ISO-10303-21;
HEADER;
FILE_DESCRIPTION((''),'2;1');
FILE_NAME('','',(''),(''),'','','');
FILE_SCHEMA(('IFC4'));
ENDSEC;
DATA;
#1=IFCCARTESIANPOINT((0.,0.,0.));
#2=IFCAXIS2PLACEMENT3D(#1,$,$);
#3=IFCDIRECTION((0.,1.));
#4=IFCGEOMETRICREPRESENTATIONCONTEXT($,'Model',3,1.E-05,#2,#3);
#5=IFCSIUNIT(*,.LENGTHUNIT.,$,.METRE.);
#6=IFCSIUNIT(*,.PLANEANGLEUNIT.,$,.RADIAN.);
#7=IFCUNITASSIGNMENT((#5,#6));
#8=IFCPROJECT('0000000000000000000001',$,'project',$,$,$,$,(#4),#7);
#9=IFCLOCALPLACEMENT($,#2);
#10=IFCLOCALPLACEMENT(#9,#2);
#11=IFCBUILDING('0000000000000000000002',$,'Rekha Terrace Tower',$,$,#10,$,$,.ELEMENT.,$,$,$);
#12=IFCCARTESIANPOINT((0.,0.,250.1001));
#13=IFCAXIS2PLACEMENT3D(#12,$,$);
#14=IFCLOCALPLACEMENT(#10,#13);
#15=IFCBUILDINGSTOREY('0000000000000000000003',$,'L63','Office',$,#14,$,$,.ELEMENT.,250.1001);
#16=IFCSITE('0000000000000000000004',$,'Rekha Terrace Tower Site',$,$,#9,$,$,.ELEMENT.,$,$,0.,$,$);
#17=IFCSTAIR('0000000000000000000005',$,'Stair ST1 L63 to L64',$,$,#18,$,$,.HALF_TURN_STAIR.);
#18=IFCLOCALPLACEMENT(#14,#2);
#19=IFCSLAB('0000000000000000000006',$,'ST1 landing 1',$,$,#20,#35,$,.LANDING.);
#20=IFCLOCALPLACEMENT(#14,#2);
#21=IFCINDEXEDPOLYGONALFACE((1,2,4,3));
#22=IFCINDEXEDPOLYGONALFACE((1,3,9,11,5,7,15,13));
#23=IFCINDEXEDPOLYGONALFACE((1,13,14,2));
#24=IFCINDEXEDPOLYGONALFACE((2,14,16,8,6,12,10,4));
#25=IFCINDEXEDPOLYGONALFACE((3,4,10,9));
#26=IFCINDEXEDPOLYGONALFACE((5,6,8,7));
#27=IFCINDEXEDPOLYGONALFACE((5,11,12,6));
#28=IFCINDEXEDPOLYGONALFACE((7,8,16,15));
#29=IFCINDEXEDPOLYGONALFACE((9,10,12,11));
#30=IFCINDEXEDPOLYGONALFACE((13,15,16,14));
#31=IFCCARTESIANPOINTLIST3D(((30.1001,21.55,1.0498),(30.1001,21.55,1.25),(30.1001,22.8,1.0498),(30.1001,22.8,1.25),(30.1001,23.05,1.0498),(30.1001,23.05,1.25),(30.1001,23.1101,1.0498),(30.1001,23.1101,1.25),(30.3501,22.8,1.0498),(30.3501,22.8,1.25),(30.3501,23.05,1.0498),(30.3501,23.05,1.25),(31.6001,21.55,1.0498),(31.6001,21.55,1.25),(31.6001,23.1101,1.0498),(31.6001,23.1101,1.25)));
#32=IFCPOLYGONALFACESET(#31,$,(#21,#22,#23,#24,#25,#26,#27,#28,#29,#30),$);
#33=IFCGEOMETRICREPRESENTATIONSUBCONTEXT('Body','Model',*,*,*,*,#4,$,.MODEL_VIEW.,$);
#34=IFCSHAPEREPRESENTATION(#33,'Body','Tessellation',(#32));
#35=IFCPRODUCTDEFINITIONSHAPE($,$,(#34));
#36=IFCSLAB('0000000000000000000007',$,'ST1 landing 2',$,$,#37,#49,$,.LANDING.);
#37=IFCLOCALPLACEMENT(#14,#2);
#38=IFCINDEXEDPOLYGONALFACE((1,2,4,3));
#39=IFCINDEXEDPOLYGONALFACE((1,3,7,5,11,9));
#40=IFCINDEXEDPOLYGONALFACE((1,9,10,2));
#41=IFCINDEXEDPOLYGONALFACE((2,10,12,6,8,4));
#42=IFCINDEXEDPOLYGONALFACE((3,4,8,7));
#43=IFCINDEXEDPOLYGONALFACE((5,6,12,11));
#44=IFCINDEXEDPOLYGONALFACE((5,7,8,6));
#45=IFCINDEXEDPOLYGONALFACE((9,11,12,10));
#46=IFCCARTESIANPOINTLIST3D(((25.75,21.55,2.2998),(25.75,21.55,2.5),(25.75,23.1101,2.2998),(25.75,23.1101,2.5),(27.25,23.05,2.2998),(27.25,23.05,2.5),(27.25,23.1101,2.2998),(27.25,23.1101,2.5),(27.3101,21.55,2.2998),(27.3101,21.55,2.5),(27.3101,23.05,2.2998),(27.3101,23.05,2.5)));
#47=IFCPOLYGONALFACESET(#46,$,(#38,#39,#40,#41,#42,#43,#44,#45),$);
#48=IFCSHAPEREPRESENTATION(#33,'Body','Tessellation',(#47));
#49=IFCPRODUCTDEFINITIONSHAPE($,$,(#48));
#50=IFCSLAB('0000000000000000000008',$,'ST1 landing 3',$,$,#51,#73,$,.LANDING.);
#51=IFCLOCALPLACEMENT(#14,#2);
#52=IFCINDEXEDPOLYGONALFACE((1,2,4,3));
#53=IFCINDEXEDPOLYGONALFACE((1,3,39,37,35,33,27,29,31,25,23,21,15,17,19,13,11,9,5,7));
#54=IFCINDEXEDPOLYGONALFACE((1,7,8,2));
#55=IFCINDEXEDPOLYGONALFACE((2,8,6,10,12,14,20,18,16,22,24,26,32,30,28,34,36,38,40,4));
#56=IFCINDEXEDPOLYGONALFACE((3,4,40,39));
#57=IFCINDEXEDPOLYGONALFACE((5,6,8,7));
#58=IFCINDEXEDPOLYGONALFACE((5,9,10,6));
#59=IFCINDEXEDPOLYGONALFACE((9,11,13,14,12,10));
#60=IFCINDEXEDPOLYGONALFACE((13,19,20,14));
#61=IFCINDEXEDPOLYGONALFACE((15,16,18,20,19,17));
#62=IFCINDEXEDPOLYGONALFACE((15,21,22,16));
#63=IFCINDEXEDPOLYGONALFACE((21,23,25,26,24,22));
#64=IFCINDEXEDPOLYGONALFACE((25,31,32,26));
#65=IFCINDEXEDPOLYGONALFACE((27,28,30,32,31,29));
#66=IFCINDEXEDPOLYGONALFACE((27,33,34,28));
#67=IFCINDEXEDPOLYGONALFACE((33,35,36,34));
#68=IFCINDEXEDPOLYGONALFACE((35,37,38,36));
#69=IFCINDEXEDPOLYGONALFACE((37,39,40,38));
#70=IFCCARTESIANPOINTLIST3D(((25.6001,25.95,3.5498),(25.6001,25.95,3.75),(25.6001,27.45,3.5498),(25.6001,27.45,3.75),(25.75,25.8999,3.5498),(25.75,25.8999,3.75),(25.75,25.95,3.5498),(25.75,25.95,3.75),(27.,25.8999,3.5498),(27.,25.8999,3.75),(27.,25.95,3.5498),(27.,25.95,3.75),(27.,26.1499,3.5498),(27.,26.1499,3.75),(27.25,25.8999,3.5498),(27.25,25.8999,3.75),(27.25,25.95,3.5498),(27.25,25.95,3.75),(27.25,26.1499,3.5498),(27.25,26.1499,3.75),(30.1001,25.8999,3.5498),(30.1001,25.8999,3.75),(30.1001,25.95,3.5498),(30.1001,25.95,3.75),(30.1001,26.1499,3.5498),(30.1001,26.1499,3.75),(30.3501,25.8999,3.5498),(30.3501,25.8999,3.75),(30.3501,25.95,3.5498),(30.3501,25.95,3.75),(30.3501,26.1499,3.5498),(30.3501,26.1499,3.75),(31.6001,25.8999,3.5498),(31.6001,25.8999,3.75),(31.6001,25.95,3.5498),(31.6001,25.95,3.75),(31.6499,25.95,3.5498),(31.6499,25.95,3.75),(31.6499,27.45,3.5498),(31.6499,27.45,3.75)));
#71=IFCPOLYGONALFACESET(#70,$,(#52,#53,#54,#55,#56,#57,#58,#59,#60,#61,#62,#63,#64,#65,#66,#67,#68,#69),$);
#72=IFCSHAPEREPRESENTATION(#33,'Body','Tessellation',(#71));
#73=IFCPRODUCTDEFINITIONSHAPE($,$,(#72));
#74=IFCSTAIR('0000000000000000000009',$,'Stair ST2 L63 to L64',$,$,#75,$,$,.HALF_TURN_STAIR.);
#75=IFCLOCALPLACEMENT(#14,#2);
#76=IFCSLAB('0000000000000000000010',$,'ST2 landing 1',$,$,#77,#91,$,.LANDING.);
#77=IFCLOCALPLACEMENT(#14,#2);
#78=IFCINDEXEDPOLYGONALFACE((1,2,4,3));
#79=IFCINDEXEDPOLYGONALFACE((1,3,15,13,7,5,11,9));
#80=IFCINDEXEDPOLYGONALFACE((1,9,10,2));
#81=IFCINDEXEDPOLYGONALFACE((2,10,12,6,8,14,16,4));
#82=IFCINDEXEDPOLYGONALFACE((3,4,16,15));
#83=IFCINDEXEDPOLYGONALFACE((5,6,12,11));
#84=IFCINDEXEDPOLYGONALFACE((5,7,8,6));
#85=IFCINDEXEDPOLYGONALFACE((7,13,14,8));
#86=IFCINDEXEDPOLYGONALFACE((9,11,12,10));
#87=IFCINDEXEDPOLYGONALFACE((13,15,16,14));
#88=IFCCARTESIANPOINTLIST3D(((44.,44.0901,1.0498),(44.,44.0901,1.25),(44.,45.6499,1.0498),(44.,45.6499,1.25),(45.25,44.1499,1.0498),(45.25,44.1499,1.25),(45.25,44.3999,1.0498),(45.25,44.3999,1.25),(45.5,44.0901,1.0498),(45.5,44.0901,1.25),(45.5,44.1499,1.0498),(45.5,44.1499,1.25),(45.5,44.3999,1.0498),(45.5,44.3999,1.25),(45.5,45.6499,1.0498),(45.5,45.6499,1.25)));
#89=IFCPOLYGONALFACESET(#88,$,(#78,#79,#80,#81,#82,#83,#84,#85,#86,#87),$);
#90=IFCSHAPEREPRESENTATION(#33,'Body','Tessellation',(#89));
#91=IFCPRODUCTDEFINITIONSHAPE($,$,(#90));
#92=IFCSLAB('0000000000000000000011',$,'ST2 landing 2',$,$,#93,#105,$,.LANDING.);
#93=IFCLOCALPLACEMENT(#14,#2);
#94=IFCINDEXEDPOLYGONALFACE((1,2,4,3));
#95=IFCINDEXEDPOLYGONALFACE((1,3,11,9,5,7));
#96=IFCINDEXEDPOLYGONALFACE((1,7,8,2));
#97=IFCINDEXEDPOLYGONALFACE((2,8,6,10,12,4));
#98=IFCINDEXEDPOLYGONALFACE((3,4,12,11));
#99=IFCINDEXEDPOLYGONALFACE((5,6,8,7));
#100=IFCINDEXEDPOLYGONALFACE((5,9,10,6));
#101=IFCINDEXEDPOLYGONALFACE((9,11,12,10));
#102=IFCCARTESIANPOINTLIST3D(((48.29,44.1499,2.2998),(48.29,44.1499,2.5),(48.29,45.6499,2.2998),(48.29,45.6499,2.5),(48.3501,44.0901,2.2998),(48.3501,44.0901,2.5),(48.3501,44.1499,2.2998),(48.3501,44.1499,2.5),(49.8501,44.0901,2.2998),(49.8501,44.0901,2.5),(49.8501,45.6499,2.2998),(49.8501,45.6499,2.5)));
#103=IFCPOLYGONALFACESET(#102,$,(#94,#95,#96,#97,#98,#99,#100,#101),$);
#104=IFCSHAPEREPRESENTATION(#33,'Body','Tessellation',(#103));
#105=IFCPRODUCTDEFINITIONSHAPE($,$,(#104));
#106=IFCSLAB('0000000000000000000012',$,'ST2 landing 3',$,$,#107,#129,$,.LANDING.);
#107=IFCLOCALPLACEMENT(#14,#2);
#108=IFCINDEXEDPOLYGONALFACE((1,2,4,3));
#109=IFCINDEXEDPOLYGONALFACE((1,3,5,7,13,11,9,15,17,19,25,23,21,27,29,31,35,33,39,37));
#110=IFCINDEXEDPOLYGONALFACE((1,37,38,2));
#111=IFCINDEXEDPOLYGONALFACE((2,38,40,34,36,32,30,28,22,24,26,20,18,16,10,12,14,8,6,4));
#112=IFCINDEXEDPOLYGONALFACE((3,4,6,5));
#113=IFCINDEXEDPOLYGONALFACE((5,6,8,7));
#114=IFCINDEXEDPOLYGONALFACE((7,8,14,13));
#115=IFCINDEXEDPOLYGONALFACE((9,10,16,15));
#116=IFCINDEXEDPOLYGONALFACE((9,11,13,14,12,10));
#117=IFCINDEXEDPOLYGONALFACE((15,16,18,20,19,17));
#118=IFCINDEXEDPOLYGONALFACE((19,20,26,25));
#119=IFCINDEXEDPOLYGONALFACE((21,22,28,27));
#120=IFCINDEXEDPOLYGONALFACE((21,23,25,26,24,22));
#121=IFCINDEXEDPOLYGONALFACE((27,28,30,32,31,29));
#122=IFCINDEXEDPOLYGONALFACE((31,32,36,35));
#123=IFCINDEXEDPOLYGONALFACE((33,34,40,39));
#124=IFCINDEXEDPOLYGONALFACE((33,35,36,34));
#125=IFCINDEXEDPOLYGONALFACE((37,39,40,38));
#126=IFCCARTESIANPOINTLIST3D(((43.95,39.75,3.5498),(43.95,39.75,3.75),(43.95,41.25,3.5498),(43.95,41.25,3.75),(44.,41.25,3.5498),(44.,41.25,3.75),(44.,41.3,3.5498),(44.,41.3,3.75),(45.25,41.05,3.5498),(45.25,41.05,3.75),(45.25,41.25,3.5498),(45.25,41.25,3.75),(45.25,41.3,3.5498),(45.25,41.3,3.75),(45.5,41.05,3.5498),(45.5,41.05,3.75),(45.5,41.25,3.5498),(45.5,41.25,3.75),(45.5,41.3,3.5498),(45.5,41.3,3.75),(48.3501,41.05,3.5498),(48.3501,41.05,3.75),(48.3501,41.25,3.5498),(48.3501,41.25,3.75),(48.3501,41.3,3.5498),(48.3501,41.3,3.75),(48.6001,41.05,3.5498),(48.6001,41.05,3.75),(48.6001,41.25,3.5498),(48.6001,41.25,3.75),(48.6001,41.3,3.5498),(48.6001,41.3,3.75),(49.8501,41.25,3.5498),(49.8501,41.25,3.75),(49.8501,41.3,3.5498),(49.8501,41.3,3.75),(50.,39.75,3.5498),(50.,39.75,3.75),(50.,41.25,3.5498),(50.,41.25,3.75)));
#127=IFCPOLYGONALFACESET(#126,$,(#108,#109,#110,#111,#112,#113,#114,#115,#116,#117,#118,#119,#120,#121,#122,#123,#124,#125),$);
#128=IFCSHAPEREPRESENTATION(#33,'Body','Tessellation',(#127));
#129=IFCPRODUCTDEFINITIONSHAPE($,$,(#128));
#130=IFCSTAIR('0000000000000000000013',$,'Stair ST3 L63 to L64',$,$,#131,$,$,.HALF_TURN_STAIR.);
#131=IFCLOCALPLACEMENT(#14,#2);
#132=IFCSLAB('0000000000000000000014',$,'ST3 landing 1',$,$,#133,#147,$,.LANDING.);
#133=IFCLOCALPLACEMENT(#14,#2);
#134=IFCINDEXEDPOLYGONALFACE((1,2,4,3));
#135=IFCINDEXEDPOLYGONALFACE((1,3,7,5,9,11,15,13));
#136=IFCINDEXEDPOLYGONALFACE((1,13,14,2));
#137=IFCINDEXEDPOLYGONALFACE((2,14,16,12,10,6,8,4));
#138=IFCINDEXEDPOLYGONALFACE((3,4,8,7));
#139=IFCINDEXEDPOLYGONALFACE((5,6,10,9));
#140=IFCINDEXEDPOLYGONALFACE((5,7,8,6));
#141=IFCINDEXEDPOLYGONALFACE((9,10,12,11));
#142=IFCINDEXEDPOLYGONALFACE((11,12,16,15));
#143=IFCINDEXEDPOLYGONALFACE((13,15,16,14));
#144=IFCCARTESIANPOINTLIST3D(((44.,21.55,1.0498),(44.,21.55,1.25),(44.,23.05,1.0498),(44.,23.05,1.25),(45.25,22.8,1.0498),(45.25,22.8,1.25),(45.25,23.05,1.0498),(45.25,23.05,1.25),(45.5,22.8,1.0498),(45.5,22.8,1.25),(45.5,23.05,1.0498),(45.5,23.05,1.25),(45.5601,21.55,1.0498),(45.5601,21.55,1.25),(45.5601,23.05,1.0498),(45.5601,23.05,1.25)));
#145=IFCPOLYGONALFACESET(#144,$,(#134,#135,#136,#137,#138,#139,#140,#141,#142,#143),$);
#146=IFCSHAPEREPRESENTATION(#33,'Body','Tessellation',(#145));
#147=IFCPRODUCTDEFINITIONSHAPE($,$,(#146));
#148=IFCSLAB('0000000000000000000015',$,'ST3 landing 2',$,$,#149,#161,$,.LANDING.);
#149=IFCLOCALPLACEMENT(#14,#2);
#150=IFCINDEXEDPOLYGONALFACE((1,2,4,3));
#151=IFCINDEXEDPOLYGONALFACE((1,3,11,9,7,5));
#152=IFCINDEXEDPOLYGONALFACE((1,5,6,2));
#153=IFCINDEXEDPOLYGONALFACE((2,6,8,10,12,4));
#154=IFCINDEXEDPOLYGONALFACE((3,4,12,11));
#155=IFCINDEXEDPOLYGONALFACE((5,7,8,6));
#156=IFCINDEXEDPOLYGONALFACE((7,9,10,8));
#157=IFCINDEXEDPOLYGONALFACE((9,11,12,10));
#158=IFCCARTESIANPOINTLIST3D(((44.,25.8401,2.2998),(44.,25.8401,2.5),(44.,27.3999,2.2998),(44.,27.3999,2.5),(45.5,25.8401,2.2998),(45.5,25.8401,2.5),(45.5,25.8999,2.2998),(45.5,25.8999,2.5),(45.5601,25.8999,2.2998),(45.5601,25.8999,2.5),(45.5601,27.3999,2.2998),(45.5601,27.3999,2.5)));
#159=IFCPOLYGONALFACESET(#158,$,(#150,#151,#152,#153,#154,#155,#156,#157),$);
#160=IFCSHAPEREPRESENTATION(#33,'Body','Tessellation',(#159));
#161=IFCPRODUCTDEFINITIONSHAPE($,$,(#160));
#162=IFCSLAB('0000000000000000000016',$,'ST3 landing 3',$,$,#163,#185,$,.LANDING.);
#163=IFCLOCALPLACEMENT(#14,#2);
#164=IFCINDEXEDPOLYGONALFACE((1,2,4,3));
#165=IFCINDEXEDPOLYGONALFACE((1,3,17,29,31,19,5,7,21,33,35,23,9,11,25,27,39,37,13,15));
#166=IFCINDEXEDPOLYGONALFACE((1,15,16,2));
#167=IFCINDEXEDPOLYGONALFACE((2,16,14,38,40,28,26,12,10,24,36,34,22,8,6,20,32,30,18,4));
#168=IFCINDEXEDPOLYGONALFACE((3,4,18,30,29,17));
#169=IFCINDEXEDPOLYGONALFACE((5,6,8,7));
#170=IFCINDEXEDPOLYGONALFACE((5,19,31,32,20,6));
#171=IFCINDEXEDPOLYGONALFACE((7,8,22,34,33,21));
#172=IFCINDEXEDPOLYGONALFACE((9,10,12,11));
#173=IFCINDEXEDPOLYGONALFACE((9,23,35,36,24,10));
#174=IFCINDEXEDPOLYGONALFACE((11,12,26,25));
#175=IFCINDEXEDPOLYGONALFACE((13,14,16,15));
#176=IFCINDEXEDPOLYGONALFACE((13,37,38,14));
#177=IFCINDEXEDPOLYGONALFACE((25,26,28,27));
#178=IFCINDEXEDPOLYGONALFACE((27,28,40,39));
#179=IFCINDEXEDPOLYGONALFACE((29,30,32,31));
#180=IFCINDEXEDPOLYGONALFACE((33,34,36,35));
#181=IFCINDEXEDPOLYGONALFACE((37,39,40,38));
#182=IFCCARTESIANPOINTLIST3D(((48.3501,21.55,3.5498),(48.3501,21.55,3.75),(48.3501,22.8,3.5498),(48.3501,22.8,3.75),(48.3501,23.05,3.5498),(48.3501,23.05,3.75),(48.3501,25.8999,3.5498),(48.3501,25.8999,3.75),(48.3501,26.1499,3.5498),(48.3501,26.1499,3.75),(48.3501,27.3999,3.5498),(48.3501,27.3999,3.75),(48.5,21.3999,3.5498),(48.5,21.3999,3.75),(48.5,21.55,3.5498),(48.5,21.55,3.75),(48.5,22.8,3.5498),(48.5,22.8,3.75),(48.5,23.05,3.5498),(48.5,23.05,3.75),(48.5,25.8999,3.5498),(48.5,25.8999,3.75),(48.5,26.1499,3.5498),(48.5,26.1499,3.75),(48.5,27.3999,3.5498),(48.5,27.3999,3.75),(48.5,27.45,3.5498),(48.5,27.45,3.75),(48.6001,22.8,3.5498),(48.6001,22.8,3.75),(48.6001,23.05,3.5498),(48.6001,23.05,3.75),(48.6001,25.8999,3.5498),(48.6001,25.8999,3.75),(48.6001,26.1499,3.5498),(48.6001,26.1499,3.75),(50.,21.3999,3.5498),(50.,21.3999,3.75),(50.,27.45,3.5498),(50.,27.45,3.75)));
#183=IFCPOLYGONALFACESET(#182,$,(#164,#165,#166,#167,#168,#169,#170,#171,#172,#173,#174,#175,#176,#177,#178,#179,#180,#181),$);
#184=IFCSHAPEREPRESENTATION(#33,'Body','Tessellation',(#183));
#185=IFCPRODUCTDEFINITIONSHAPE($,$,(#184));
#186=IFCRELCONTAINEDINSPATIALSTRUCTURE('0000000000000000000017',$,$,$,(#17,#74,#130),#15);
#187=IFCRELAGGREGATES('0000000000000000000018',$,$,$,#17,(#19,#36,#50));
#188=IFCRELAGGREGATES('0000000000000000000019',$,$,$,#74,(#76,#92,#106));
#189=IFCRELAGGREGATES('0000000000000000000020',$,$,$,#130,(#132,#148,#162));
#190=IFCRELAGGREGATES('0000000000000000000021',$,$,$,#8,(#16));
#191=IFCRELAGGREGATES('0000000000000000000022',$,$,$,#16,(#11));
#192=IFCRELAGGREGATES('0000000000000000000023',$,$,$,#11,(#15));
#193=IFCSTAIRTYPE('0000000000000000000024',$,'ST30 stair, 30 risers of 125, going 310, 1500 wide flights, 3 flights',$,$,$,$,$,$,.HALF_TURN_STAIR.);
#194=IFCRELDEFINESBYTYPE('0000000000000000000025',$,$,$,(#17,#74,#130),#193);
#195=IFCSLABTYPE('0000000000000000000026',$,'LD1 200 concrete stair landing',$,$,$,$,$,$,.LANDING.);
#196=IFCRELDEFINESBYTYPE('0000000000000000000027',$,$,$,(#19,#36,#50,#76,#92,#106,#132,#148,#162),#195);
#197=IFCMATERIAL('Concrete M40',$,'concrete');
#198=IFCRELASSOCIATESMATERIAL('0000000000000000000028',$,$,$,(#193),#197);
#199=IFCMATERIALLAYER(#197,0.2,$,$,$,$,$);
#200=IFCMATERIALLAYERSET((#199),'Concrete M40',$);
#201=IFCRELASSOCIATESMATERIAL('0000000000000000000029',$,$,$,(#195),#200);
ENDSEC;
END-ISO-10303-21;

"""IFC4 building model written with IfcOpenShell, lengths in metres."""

from ifc_helpers import new_model, si_unit, direction, frame, origin, place, context, subcontext, project, spatial, polyline, outline, extrude, material, layer, layer_set, type_object, element, aggregate, save


model = new_model("IFC4")

# Units and contexts
model_context = context("Model", 3, precision=1e-05, world=origin(), true_north=direction((0.0, 1.0)))
body_context = subcontext(model_context, "Body", "Model", "MODEL_VIEW")
ifc_project = project(units=[si_unit("LENGTHUNIT", "METRE"), si_unit("PLANEANGLEUNIT", "RADIAN")], contexts=[model_context])

# Site, building, storey
site_placement = place(None, origin())
site = spatial("IfcSite", under=ifc_project, at=site_placement, Name="Rekha Terrace Tower Site", CompositionType="ELEMENT", RefElevation=0.0)
building_placement = place(site_placement, origin())
building = spatial("IfcBuilding", under=site, at=building_placement, Name="Rekha Terrace Tower", CompositionType="ELEMENT")
storey_placement = place(building_placement, frame((0.0, 0.0, 250.1001)))
storey = spatial("IfcBuildingStorey", under=building, at=storey_placement, Name="L63", Description="Office", CompositionType="ELEMENT", Elevation=250.1001)

# Stairs, slabs
ifc_material_1 = material(Name="Concrete M40", Category="concrete")
stair_type = type_object("IfcStairType", Name="ST30 stair, 30 risers of 125, going 310, 1500 wide flights, 3 flights", PredefinedType="HALF_TURN_STAIR", material=ifc_material_1)
stair_1_placement = place(storey_placement, origin())
stair_1 = element("IfcStair", 1, at=stair_1_placement, inside=storey, type_object=stair_type, Name="Stair ST1 L63 to L64", PredefinedType="HALF_TURN_STAIR")
ifc_layer_1 = layer(ifc_material_1, 0.2)
ifc_layer_set_1 = layer_set([ifc_layer_1], Name="Concrete M40")
slab_type_1 = type_object("IfcSlabType", Name="LD1 200 concrete stair landing", PredefinedType="LANDING", material=ifc_layer_set_1)
slab_1_placement = place(storey_placement, frame((0.0, 0.0, 1.0498)))
slab_1 = element("IfcSlab", 2, at=slab_1_placement, type_object=slab_type_1, Name="ST1 landing 1", PredefinedType="LANDING", context=body_context, shape_type="SweptSolid", body=[
    extrude(outline(polyline([(30.1001, 21.55), (31.6001, 21.55), (31.6001, 23.1101), (30.1001, 23.1101), (30.1001, 23.05), (30.3501, 23.05), (30.3501, 22.8), (30.1001, 22.8), (30.1001, 21.55)])), origin(), (0.0, 0.0, 1.0), 0.2002),
])
slab_2_placement = place(storey_placement, frame((0.0, 0.0, 2.2998)))
slab_2 = element("IfcSlab", 3, at=slab_2_placement, type_object=slab_type_1, Name="ST1 landing 2", PredefinedType="LANDING", context=body_context, shape_type="SweptSolid", body=[
    extrude(outline(polyline([(27.25, 23.1101), (25.75, 23.1101), (25.75, 21.55), (27.3101, 21.55), (27.3101, 23.05), (27.25, 23.05), (27.25, 23.1101)])), origin(), (0.0, 0.0, 1.0), 0.2002),
])
slab_3_placement = place(storey_placement, frame((0.0, 0.0, 3.5498)))
slab_3 = element("IfcSlab", 4, at=slab_3_placement, type_object=slab_type_1, Name="ST1 landing 3", PredefinedType="LANDING", context=body_context, shape_type="SweptSolid", body=[
    extrude(outline(polyline([(30.3501, 25.8999), (31.6001, 25.8999), (31.6001, 25.95), (31.6499, 25.95), (31.6499, 27.45), (25.6001, 27.45), (25.6001, 25.95), (25.75, 25.95), (25.75, 25.8999), (27.0, 25.8999), (27.0, 25.95), (27.0, 26.1499), (27.25, 26.1499), (27.25, 25.95), (27.25, 25.8999), (30.1001, 25.8999), (30.1001, 25.95), (30.1001, 26.1499), (30.3501, 26.1499), (30.3501, 25.95), (30.3501, 25.8999)])), origin(), (0.0, 0.0, 1.0), 0.2002),
])
aggregate(stair_1, [slab_1, slab_2, slab_3])
stair_2_placement = place(storey_placement, origin())
stair_2 = element("IfcStair", 5, at=stair_2_placement, inside=storey, type_object=stair_type, Name="Stair ST2 L63 to L64", PredefinedType="HALF_TURN_STAIR")
slab_4_placement = place(storey_placement, frame((0.0, 0.0, 1.0498)))
slab_4 = element("IfcSlab", 6, at=slab_4_placement, type_object=slab_type_1, Name="ST2 landing 1", PredefinedType="LANDING", context=body_context, shape_type="SweptSolid", body=[
    extrude(outline(polyline([(45.5, 45.6499), (44.0, 45.6499), (44.0, 44.0901), (45.5, 44.0901), (45.5, 44.1499), (45.25, 44.1499), (45.25, 44.3999), (45.5, 44.3999), (45.5, 45.6499)])), origin(), (0.0, 0.0, 1.0), 0.2002),
])
slab_5_placement = place(storey_placement, frame((0.0, 0.0, 2.2998)))
slab_5 = element("IfcSlab", 7, at=slab_5_placement, type_object=slab_type_1, Name="ST2 landing 2", PredefinedType="LANDING", context=body_context, shape_type="SweptSolid", body=[
    extrude(outline(polyline([(48.3501, 44.0901), (49.8501, 44.0901), (49.8501, 45.6499), (48.29, 45.6499), (48.29, 44.1499), (48.3501, 44.1499), (48.3501, 44.0901)])), origin(), (0.0, 0.0, 1.0), 0.2002),
])
slab_6_placement = place(storey_placement, frame((0.0, 0.0, 3.5498)))
slab_6 = element("IfcSlab", 8, at=slab_6_placement, type_object=slab_type_1, Name="ST2 landing 3", PredefinedType="LANDING", context=body_context, shape_type="SweptSolid", body=[
    extrude(outline(polyline([(45.5, 41.3), (45.5, 41.25), (45.5, 41.05), (45.25, 41.05), (45.25, 41.25), (45.25, 41.3), (44.0, 41.3), (44.0, 41.25), (43.95, 41.25), (43.95, 39.75), (50.0, 39.75), (50.0, 41.25), (49.8501, 41.25), (49.8501, 41.3), (48.6001, 41.3), (48.6001, 41.25), (48.6001, 41.05), (48.3501, 41.05), (48.3501, 41.25), (48.3501, 41.3), (45.5, 41.3)])), origin(), (0.0, 0.0, 1.0), 0.2002),
])
aggregate(stair_2, [slab_4, slab_5, slab_6])
stair_3_placement = place(storey_placement, origin())
stair_3 = element("IfcStair", 9, at=stair_3_placement, inside=storey, type_object=stair_type, Name="Stair ST3 L63 to L64", PredefinedType="HALF_TURN_STAIR")
slab_7_placement = place(storey_placement, frame((0.0, 0.0, 1.0498)))
slab_7 = element("IfcSlab", 10, at=slab_7_placement, type_object=slab_type_1, Name="ST3 landing 1", PredefinedType="LANDING", context=body_context, shape_type="SweptSolid", body=[
    extrude(outline(polyline([(44.0, 23.05), (44.0, 21.55), (45.5601, 21.55), (45.5601, 23.05), (45.5, 23.05), (45.5, 22.8), (45.25, 22.8), (45.25, 23.05), (44.0, 23.05)])), origin(), (0.0, 0.0, 1.0), 0.2002),
])
slab_8_placement = place(storey_placement, frame((0.0, 0.0, 2.2998)))
slab_8 = element("IfcSlab", 11, at=slab_8_placement, type_object=slab_type_1, Name="ST3 landing 2", PredefinedType="LANDING", context=body_context, shape_type="SweptSolid", body=[
    extrude(outline(polyline([(45.5601, 25.8999), (45.5601, 27.3999), (44.0, 27.3999), (44.0, 25.8401), (45.5, 25.8401), (45.5, 25.8999), (45.5601, 25.8999)])), origin(), (0.0, 0.0, 1.0), 0.2002),
])
slab_9_placement = place(storey_placement, frame((0.0, 0.0, 3.5498)))
slab_9 = element("IfcSlab", 12, at=slab_9_placement, type_object=slab_type_1, Name="ST3 landing 3", PredefinedType="LANDING", context=body_context, shape_type="SweptSolid", body=[
    extrude(outline(polyline([(48.3501, 23.05), (48.5, 23.05), (48.6001, 23.05), (48.6001, 22.8), (48.5, 22.8), (48.3501, 22.8), (48.3501, 21.55), (48.5, 21.55), (48.5, 21.3999), (50.0, 21.3999), (50.0, 27.45), (48.5, 27.45), (48.5, 27.3999), (48.3501, 27.3999), (48.3501, 26.1499), (48.5, 26.1499), (48.6001, 26.1499), (48.6001, 25.8999), (48.5, 25.8999), (48.3501, 25.8999), (48.3501, 23.05)])), origin(), (0.0, 0.0, 1.0), 0.2002),
])
aggregate(stair_3, [slab_7, slab_8, slab_9])

save(model, "model.ifc")
